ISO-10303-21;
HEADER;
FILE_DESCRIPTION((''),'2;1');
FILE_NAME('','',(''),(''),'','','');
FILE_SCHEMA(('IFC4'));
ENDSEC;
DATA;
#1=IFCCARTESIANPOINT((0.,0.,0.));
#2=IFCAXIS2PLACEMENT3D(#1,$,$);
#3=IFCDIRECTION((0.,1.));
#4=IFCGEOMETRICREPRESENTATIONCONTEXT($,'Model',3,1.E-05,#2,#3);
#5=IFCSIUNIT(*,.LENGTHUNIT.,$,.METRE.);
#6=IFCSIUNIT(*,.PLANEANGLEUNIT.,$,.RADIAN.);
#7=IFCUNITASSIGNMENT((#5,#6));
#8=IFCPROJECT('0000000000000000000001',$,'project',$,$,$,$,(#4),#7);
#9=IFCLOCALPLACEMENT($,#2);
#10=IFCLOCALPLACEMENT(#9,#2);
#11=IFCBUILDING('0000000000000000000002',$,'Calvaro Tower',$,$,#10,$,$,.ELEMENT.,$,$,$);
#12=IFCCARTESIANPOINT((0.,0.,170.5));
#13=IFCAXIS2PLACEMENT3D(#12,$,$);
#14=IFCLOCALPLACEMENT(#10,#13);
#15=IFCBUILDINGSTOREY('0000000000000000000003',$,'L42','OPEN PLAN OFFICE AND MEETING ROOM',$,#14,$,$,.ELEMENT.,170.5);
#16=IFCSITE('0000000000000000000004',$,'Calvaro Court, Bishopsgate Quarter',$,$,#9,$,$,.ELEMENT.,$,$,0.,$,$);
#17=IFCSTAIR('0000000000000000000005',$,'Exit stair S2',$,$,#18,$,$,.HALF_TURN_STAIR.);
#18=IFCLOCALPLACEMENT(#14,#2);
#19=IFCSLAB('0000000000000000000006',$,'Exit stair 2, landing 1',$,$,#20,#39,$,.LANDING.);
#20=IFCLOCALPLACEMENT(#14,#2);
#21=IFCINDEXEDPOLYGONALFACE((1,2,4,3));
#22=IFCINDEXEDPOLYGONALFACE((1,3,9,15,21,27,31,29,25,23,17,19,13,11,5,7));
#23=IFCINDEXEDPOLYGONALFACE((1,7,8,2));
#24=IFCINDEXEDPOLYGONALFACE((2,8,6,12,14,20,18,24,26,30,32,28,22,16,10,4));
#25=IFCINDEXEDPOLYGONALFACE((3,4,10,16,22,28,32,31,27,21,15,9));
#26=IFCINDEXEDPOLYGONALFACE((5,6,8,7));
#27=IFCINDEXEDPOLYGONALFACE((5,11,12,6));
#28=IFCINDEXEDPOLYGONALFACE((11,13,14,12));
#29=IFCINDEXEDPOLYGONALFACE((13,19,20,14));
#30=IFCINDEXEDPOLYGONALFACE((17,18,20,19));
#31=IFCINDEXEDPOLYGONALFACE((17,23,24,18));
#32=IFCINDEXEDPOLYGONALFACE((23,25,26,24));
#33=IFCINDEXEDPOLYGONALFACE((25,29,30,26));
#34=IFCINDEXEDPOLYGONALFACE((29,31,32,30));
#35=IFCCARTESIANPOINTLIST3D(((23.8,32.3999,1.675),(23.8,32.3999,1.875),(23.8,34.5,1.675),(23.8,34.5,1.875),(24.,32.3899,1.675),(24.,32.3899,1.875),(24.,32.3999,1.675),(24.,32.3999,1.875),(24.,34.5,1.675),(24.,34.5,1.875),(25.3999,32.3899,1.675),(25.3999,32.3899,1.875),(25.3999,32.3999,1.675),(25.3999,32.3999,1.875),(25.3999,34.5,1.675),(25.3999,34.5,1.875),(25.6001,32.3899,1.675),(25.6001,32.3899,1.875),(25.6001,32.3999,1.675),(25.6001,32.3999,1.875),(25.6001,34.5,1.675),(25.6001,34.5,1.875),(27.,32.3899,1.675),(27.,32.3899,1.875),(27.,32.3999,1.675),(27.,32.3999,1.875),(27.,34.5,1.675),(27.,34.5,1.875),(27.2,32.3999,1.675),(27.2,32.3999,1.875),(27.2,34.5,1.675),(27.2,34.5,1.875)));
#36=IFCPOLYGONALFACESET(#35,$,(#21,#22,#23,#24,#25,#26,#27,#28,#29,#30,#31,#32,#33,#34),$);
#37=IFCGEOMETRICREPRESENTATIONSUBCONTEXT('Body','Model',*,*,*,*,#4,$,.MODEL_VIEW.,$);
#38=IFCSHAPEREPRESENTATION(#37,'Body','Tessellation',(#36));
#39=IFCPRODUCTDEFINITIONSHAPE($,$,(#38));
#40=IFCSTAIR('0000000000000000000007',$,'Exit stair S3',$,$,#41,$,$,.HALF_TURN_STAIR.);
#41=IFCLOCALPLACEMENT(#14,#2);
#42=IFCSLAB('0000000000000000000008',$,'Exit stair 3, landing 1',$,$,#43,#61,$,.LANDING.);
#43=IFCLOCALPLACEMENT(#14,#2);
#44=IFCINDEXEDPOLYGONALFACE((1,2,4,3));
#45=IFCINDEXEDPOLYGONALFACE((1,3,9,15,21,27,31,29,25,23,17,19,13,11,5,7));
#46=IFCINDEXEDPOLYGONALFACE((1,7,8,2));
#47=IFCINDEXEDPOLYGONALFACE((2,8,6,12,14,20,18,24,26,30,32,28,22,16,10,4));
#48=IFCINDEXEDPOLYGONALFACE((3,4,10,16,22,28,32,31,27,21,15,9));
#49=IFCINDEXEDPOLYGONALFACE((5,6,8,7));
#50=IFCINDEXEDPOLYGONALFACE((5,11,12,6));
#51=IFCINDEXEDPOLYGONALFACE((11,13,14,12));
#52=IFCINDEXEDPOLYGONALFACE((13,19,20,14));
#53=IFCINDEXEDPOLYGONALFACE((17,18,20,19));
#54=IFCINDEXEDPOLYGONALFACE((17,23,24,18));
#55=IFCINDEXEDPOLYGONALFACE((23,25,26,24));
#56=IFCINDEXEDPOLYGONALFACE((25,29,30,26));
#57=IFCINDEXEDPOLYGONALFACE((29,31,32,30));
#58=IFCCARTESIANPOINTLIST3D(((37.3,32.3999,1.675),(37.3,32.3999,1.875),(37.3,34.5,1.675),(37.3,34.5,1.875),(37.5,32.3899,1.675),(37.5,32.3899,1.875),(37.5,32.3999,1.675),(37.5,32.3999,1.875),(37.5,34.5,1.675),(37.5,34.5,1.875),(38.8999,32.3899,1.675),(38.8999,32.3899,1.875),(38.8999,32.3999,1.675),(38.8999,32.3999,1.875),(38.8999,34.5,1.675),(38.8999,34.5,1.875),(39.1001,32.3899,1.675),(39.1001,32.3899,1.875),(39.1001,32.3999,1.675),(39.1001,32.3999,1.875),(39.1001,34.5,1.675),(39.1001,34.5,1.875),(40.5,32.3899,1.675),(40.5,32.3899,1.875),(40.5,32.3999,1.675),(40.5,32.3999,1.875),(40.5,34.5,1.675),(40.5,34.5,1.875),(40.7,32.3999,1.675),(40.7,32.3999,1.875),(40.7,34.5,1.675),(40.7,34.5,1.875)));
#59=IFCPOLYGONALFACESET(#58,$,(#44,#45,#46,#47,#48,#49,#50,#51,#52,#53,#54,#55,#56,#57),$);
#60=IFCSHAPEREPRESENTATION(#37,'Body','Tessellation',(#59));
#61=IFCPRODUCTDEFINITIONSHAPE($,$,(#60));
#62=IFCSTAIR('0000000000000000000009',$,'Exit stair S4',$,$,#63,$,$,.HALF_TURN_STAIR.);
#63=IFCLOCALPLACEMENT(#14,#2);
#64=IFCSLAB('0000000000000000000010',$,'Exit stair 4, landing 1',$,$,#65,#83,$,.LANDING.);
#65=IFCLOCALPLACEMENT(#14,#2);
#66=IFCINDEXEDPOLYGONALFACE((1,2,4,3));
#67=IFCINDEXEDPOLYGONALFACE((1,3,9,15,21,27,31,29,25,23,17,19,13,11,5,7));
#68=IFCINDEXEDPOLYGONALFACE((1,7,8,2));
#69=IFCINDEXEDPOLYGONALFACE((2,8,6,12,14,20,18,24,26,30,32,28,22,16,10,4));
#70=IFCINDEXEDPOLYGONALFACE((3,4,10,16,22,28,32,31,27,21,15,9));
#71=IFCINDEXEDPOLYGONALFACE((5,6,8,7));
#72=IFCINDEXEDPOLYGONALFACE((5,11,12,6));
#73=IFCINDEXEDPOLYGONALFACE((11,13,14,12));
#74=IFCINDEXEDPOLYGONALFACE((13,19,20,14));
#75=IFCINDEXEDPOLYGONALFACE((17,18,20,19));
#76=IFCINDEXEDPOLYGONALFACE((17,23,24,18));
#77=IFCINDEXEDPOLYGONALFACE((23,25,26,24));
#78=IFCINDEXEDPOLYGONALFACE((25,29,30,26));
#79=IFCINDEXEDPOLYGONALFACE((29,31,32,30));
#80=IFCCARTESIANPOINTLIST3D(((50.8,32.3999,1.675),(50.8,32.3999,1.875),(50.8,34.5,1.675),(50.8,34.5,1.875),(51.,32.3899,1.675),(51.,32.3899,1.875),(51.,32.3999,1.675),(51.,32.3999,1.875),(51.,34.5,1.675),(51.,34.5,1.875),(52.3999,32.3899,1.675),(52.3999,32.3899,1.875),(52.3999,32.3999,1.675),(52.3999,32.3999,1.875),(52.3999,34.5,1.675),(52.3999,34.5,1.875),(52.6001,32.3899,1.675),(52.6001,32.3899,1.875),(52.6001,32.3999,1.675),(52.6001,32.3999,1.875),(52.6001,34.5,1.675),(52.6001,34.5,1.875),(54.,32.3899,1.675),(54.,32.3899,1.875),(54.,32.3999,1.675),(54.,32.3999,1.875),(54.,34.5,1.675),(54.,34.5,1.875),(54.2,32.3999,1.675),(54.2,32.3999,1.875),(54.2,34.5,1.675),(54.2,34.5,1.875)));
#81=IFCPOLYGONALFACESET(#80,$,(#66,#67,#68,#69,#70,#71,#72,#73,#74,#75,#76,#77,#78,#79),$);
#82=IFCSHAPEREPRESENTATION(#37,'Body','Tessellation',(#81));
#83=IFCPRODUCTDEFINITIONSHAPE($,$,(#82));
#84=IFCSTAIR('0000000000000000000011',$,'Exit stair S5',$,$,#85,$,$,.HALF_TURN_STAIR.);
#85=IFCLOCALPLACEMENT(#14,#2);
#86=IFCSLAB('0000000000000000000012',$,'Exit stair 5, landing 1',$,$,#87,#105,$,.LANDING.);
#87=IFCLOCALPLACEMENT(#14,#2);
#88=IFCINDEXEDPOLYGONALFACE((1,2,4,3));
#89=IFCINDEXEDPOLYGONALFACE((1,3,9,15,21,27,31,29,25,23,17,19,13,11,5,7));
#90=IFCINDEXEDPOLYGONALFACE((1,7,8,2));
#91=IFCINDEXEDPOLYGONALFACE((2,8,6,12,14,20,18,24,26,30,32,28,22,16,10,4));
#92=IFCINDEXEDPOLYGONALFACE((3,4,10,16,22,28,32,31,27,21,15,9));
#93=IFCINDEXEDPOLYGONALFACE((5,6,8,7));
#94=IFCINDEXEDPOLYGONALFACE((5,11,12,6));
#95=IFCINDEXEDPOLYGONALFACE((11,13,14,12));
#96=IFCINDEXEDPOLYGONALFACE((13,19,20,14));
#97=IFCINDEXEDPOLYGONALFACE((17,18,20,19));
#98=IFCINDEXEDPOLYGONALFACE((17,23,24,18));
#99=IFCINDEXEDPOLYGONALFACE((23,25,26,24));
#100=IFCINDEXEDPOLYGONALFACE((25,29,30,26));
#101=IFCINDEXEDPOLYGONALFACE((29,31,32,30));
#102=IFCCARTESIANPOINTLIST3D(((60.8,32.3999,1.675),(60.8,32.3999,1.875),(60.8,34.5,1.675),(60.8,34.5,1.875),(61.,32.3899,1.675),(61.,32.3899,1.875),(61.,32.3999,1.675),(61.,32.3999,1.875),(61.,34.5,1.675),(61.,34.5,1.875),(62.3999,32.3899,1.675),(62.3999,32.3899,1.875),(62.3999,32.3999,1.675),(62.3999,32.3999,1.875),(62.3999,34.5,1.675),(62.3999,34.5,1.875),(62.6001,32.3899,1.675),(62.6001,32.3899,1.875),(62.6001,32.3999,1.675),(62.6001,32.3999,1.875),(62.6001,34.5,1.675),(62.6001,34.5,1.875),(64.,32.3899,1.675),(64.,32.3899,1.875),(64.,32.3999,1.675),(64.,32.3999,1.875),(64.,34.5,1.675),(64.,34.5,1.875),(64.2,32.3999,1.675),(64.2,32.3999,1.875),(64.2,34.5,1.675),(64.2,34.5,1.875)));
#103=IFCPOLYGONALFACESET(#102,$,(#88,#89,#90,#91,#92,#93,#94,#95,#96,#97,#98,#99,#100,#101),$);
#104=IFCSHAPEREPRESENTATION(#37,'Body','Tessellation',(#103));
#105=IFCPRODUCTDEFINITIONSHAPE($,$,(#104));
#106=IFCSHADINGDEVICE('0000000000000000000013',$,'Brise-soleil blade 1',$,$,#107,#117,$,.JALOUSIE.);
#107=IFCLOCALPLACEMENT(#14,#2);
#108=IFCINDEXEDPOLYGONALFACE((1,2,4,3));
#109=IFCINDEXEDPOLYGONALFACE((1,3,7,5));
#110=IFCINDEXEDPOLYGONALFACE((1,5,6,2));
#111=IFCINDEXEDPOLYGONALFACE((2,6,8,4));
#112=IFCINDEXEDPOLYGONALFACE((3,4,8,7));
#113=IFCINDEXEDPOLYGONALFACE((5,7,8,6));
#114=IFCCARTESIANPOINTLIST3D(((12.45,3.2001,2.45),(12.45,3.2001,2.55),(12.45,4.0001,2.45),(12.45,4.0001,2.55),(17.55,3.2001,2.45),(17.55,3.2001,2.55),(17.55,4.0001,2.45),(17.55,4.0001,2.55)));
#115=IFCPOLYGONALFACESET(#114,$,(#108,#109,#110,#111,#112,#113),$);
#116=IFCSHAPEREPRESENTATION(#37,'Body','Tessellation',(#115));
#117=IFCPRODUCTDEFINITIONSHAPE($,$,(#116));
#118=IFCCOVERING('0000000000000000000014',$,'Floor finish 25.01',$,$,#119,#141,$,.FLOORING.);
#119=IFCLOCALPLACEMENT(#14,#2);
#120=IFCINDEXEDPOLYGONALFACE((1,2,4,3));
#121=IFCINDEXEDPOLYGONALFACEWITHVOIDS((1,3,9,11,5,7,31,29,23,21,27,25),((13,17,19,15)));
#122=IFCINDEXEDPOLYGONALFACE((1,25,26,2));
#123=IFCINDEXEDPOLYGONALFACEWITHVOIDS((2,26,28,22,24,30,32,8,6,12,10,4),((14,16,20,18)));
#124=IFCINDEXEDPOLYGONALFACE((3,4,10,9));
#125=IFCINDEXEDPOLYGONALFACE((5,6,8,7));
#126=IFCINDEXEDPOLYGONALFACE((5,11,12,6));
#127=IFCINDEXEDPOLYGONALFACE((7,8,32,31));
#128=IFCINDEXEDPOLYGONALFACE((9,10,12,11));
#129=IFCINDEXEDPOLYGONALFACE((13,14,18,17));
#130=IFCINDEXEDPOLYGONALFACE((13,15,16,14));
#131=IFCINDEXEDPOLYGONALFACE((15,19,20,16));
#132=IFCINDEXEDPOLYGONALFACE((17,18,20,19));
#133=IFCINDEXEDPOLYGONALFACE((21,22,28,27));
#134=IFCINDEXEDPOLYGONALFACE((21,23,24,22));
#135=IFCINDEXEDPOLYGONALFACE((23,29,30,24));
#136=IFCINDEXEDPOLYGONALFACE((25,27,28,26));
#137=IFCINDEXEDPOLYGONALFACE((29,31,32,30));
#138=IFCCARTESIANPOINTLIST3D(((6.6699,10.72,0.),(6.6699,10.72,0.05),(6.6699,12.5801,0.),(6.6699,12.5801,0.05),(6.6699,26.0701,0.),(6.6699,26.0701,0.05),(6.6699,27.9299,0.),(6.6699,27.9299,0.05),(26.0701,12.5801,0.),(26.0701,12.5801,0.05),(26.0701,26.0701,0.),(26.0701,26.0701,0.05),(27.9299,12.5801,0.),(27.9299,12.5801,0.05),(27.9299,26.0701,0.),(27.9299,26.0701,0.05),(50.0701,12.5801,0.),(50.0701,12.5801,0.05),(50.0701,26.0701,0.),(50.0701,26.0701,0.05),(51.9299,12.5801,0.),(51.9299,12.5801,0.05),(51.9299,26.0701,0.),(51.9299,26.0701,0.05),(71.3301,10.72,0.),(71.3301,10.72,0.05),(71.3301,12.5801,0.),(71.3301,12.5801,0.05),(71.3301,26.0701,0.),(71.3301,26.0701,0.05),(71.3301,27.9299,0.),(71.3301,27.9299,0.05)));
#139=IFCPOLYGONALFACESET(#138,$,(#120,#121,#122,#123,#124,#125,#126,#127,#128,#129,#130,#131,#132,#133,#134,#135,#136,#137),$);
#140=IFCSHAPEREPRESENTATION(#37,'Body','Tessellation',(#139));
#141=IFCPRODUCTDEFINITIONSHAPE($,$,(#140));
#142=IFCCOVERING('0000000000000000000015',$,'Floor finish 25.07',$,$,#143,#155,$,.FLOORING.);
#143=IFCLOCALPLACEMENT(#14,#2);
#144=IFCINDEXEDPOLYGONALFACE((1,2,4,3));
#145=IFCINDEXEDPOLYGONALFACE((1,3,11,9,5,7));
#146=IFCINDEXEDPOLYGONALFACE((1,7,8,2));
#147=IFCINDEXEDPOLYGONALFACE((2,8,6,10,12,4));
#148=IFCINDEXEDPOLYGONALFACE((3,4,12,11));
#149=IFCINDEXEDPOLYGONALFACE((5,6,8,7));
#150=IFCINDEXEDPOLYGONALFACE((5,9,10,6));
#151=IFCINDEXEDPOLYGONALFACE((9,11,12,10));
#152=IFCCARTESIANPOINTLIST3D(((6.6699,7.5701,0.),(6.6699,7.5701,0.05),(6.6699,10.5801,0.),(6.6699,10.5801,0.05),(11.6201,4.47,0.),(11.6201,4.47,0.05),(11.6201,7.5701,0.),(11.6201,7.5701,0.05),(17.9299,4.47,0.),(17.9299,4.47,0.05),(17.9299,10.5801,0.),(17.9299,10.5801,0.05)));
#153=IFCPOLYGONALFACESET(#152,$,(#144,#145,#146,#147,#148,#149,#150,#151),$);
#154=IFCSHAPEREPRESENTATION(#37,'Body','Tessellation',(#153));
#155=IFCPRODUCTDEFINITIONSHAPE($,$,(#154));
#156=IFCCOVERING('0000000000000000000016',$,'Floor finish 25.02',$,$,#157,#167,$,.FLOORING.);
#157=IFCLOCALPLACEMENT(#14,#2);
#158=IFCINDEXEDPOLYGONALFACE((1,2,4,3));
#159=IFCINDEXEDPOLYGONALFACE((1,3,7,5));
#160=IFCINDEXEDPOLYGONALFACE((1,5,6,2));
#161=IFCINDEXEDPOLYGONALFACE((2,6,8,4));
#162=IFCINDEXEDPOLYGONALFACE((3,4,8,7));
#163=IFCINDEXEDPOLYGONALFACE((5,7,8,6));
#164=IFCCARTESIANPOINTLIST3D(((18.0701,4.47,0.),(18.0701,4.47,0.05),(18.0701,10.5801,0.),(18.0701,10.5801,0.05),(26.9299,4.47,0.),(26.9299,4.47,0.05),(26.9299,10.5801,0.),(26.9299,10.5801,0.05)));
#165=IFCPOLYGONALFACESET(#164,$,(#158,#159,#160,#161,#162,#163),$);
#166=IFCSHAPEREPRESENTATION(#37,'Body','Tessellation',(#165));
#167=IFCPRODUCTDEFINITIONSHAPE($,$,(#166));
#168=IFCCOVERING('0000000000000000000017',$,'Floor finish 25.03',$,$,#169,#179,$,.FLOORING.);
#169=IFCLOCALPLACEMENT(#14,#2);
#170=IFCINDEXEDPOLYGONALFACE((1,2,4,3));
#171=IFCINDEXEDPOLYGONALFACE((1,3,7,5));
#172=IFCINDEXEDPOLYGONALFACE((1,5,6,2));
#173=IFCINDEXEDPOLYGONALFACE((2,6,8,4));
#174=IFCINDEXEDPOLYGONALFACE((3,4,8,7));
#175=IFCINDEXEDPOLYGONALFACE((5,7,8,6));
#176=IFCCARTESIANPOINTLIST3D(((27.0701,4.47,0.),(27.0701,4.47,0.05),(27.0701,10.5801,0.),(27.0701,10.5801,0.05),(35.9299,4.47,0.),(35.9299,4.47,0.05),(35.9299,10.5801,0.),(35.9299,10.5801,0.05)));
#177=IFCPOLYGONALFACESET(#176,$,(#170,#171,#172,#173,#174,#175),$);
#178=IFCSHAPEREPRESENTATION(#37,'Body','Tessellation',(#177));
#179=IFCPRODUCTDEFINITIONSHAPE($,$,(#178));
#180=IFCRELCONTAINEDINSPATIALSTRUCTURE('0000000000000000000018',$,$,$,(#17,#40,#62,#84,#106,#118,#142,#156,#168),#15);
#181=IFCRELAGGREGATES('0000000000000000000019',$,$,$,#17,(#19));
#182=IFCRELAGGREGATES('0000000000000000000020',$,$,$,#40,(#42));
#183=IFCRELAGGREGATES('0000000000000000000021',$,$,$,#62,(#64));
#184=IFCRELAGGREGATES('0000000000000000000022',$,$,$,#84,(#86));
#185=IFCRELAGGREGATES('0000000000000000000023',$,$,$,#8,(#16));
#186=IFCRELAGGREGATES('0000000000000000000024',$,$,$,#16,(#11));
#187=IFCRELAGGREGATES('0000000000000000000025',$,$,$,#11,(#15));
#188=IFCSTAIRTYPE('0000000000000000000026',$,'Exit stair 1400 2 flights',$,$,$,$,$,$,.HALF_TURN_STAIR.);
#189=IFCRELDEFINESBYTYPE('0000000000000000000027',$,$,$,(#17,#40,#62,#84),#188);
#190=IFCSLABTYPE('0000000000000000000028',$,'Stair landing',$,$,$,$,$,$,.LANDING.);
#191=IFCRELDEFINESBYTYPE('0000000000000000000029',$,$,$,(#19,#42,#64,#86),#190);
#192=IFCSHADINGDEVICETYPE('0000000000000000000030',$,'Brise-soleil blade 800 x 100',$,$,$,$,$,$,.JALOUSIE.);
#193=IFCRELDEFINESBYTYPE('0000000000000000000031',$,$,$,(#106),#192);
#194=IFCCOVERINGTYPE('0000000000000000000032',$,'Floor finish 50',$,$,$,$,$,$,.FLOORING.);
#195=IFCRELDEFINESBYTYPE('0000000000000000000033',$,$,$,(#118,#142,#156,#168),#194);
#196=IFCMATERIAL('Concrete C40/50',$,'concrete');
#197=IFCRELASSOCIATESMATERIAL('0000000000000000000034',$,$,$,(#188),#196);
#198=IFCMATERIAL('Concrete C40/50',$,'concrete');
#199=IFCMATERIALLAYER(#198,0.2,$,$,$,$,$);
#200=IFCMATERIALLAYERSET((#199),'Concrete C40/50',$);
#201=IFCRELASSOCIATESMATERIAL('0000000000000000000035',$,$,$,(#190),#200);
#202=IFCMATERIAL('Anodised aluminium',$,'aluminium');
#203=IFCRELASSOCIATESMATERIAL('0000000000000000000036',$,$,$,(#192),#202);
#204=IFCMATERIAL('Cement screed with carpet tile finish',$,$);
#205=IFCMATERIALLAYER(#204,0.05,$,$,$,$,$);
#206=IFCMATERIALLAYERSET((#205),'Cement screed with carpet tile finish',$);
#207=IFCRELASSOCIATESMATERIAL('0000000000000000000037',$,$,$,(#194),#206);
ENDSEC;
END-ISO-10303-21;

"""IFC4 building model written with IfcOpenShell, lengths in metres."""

from ifc_helpers import new_model, si_unit, direction, frame, origin, origin_2d, place, context, subcontext, project, spatial, polyline, rectangle, outline, extrude, material, layer, layer_set, material_profile, profile_set, type_object, element, aggregate, save


model = new_model("IFC4")

# Units and contexts
model_context = context("Model", 3, precision=1e-05, world=origin(), true_north=direction((0.0, 1.0)))
body_context = subcontext(model_context, "Body", "Model", "MODEL_VIEW")
ifc_project = project(units=[si_unit("LENGTHUNIT", "METRE"), si_unit("PLANEANGLEUNIT", "RADIAN")], contexts=[model_context])

# Site, building, storey
site_placement = place(None, origin())
site = spatial("IfcSite", under=ifc_project, at=site_placement, Name="Calvaro Court, Bishopsgate Quarter", CompositionType="ELEMENT", RefElevation=0.0)
building_placement = place(site_placement, origin())
building = spatial("IfcBuilding", under=site, at=building_placement, Name="Calvaro Tower", CompositionType="ELEMENT")
storey_placement = place(building_placement, frame((0.0, 0.0, 170.5)))
storey = spatial("IfcBuildingStorey", under=building, at=storey_placement, Name="L42", Description="OPEN PLAN OFFICE AND MEETING ROOM", CompositionType="ELEMENT", Elevation=170.5)

# Stairs, slabs
ifc_material_1 = material(Name="Concrete C40/50", Category="concrete")
stair_type = type_object("IfcStairType", Name="Exit stair 1400 2 flights", PredefinedType="HALF_TURN_STAIR", material=ifc_material_1)
ifc_material_2 = material(Name="Concrete C40/50", Category="concrete")
ifc_layer_1 = layer(ifc_material_2, 0.2)
ifc_layer_set_1 = layer_set([ifc_layer_1], Name="Concrete C40/50")
slab_type_1 = type_object("IfcSlabType", Name="Stair landing", PredefinedType="LANDING", material=ifc_layer_set_1)
stair_1_placement = place(storey_placement, origin())
stair_1 = element("IfcStair", 1, at=stair_1_placement, inside=storey, type_object=stair_type, Name="Exit stair S2", PredefinedType="HALF_TURN_STAIR")
slab_1_placement = place(storey_placement, frame((0.0, 0.0, 1.675)))
slab_1 = element("IfcSlab", 2, at=slab_1_placement, type_object=slab_type_1, Name="Exit stair 2, landing 1", PredefinedType="LANDING", context=body_context, shape_type="SweptSolid", body=[
    extrude(outline(polyline([(25.3999, 32.3899), (24.0, 32.3899), (24.0, 32.3999), (23.8, 32.3999), (23.8, 34.5), (24.0, 34.5), (25.3999, 34.5), (25.6001, 34.5), (27.0, 34.5), (27.2, 34.5), (27.2, 32.3999), (27.0, 32.3999), (27.0, 32.3899), (25.6001, 32.3899), (25.6001, 32.3999), (25.3999, 32.3999), (25.3999, 32.3899)])), origin(), (0.0, 0.0, 1.0), 0.2),
])
aggregate(stair_1, [slab_1])
stair_2_placement = place(storey_placement, origin())
stair_2 = element("IfcStair", 3, at=stair_2_placement, inside=storey, type_object=stair_type, Name="Exit stair S3", PredefinedType="HALF_TURN_STAIR")
slab_2_placement = place(storey_placement, frame((0.0, 0.0, 1.675)))
slab_2 = element("IfcSlab", 4, at=slab_2_placement, type_object=slab_type_1, Name="Exit stair 3, landing 1", PredefinedType="LANDING", context=body_context, shape_type="SweptSolid", body=[
    extrude(outline(polyline([(38.8999, 32.3899), (37.5, 32.3899), (37.5, 32.3999), (37.3, 32.3999), (37.3, 34.5), (37.5, 34.5), (38.8999, 34.5), (39.1001, 34.5), (40.5, 34.5), (40.7, 34.5), (40.7, 32.3999), (40.5, 32.3999), (40.5, 32.3899), (39.1001, 32.3899), (39.1001, 32.3999), (38.8999, 32.3999), (38.8999, 32.3899)])), origin(), (0.0, 0.0, 1.0), 0.2),
])
aggregate(stair_2, [slab_2])
stair_3_placement = place(storey_placement, origin())
stair_3 = element("IfcStair", 5, at=stair_3_placement, inside=storey, type_object=stair_type, Name="Exit stair S4", PredefinedType="HALF_TURN_STAIR")
slab_3_placement = place(storey_placement, frame((0.0, 0.0, 1.675)))
slab_3 = element("IfcSlab", 6, at=slab_3_placement, type_object=slab_type_1, Name="Exit stair 4, landing 1", PredefinedType="LANDING", context=body_context, shape_type="SweptSolid", body=[
    extrude(outline(polyline([(52.3999, 32.3899), (51.0, 32.3899), (51.0, 32.3999), (50.8, 32.3999), (50.8, 34.5), (51.0, 34.5), (52.3999, 34.5), (52.6001, 34.5), (54.0, 34.5), (54.2, 34.5), (54.2, 32.3999), (54.0, 32.3999), (54.0, 32.3899), (52.6001, 32.3899), (52.6001, 32.3999), (52.3999, 32.3999), (52.3999, 32.3899)])), origin(), (0.0, 0.0, 1.0), 0.2),
])
aggregate(stair_3, [slab_3])
stair_4_placement = place(storey_placement, origin())
stair_4 = element("IfcStair", 7, at=stair_4_placement, inside=storey, type_object=stair_type, Name="Exit stair S5", PredefinedType="HALF_TURN_STAIR")
slab_4_placement = place(storey_placement, frame((0.0, 0.0, 1.675)))
slab_4 = element("IfcSlab", 8, at=slab_4_placement, type_object=slab_type_1, Name="Exit stair 5, landing 1", PredefinedType="LANDING", context=body_context, shape_type="SweptSolid", body=[
    extrude(outline(polyline([(62.3999, 32.3899), (61.0, 32.3899), (61.0, 32.3999), (60.8, 32.3999), (60.8, 34.5), (61.0, 34.5), (62.3999, 34.5), (62.6001, 34.5), (64.0, 34.5), (64.2, 34.5), (64.2, 32.3999), (64.0, 32.3999), (64.0, 32.3899), (62.6001, 32.3899), (62.6001, 32.3999), (62.3999, 32.3999), (62.3999, 32.3899)])), origin(), (0.0, 0.0, 1.0), 0.2),
])
aggregate(stair_4, [slab_4])

# Shading device
ifc_material_3 = material(Name="Anodised aluminium", Category="aluminium")
ifc_material_profile_1 = material_profile(ifc_material_3, rectangle(XDim=0.8, YDim=0.1001, at=origin_2d()), Name="Brise-soleil blade 800 x 100")
ifc_profile_set_1 = profile_set([ifc_material_profile_1], Name="Anodised aluminium")
shading_device_type = type_object("IfcShadingDeviceType", Name="Brise-soleil blade 800 x 100", PredefinedType="JALOUSIE", material=ifc_profile_set_1)
shading_device_placement = place(storey_placement, frame((12.45, 3.6001, 2.5), z_axis=(1.0, 0.0, 0.0), x_axis=(0.0, 1.0, 0.0)))
element("IfcShadingDevice", 9, at=shading_device_placement, inside=storey, type_object=shading_device_type, Name="Brise-soleil blade 1", PredefinedType="JALOUSIE", context=body_context, shape_type="SweptSolid", body=[
    extrude(rectangle(XDim=0.8, YDim=0.1001, at=origin_2d()), origin(), (0.0, 0.0, 1.0), 5.1001),
])

# Coverings
ifc_material_4 = material(Name="Cement screed with carpet tile finish")
ifc_layer_2 = layer(ifc_material_4, 0.05)
ifc_layer_set_2 = layer_set([ifc_layer_2], Name="Cement screed with carpet tile finish")
covering_type = type_object("IfcCoveringType", Name="Floor finish 50", PredefinedType="FLOORING", material=ifc_layer_set_2)
covering_1_placement = place(storey_placement, origin())
element("IfcCovering", 10, at=covering_1_placement, inside=storey, type_object=covering_type, Name="Floor finish 25.01", PredefinedType="FLOORING", context=body_context, shape_type="SweptSolid", body=[
    extrude(outline(polyline([(6.6699, 10.72), (6.6699, 12.5801), (26.0701, 12.5801), (26.0701, 26.0701), (6.6699, 26.0701), (6.6699, 27.9299), (71.3301, 27.9299), (71.3301, 26.0701), (51.9299, 26.0701), (51.9299, 12.5801), (71.3301, 12.5801), (71.3301, 10.72), (6.6699, 10.72)]), holes=[polyline([(50.0701, 12.5801), (50.0701, 26.0701), (27.9299, 26.0701), (27.9299, 12.5801), (50.0701, 12.5801)])]), origin(), (0.0, 0.0, 1.0), 0.05),
])
covering_2_placement = place(storey_placement, origin())
element("IfcCovering", 11, at=covering_2_placement, inside=storey, type_object=covering_type, Name="Floor finish 25.07", PredefinedType="FLOORING", context=body_context, shape_type="SweptSolid", body=[
    extrude(outline(polyline([(17.9299, 10.5801), (17.9299, 4.47), (11.6201, 4.47), (11.6201, 7.5701), (6.6699, 7.5701), (6.6699, 10.5801), (17.9299, 10.5801)])), origin(), (0.0, 0.0, 1.0), 0.05),
])
covering_3_placement = place(storey_placement, origin())
element("IfcCovering", 12, at=covering_3_placement, inside=storey, type_object=covering_type, Name="Floor finish 25.02", PredefinedType="FLOORING", context=body_context, shape_type="SweptSolid", body=[
    extrude(outline(polyline([(18.0701, 10.5801), (26.9299, 10.5801), (26.9299, 4.47), (18.0701, 4.47), (18.0701, 10.5801)])), origin(), (0.0, 0.0, 1.0), 0.05),
])
covering_4_placement = place(storey_placement, origin())
element("IfcCovering", 13, at=covering_4_placement, inside=storey, type_object=covering_type, Name="Floor finish 25.03", PredefinedType="FLOORING", context=body_context, shape_type="SweptSolid", body=[
    extrude(outline(polyline([(27.0701, 10.5801), (35.9299, 10.5801), (35.9299, 4.47), (27.0701, 4.47), (27.0701, 10.5801)])), origin(), (0.0, 0.0, 1.0), 0.05),
])

save(model, "model.ifc")
